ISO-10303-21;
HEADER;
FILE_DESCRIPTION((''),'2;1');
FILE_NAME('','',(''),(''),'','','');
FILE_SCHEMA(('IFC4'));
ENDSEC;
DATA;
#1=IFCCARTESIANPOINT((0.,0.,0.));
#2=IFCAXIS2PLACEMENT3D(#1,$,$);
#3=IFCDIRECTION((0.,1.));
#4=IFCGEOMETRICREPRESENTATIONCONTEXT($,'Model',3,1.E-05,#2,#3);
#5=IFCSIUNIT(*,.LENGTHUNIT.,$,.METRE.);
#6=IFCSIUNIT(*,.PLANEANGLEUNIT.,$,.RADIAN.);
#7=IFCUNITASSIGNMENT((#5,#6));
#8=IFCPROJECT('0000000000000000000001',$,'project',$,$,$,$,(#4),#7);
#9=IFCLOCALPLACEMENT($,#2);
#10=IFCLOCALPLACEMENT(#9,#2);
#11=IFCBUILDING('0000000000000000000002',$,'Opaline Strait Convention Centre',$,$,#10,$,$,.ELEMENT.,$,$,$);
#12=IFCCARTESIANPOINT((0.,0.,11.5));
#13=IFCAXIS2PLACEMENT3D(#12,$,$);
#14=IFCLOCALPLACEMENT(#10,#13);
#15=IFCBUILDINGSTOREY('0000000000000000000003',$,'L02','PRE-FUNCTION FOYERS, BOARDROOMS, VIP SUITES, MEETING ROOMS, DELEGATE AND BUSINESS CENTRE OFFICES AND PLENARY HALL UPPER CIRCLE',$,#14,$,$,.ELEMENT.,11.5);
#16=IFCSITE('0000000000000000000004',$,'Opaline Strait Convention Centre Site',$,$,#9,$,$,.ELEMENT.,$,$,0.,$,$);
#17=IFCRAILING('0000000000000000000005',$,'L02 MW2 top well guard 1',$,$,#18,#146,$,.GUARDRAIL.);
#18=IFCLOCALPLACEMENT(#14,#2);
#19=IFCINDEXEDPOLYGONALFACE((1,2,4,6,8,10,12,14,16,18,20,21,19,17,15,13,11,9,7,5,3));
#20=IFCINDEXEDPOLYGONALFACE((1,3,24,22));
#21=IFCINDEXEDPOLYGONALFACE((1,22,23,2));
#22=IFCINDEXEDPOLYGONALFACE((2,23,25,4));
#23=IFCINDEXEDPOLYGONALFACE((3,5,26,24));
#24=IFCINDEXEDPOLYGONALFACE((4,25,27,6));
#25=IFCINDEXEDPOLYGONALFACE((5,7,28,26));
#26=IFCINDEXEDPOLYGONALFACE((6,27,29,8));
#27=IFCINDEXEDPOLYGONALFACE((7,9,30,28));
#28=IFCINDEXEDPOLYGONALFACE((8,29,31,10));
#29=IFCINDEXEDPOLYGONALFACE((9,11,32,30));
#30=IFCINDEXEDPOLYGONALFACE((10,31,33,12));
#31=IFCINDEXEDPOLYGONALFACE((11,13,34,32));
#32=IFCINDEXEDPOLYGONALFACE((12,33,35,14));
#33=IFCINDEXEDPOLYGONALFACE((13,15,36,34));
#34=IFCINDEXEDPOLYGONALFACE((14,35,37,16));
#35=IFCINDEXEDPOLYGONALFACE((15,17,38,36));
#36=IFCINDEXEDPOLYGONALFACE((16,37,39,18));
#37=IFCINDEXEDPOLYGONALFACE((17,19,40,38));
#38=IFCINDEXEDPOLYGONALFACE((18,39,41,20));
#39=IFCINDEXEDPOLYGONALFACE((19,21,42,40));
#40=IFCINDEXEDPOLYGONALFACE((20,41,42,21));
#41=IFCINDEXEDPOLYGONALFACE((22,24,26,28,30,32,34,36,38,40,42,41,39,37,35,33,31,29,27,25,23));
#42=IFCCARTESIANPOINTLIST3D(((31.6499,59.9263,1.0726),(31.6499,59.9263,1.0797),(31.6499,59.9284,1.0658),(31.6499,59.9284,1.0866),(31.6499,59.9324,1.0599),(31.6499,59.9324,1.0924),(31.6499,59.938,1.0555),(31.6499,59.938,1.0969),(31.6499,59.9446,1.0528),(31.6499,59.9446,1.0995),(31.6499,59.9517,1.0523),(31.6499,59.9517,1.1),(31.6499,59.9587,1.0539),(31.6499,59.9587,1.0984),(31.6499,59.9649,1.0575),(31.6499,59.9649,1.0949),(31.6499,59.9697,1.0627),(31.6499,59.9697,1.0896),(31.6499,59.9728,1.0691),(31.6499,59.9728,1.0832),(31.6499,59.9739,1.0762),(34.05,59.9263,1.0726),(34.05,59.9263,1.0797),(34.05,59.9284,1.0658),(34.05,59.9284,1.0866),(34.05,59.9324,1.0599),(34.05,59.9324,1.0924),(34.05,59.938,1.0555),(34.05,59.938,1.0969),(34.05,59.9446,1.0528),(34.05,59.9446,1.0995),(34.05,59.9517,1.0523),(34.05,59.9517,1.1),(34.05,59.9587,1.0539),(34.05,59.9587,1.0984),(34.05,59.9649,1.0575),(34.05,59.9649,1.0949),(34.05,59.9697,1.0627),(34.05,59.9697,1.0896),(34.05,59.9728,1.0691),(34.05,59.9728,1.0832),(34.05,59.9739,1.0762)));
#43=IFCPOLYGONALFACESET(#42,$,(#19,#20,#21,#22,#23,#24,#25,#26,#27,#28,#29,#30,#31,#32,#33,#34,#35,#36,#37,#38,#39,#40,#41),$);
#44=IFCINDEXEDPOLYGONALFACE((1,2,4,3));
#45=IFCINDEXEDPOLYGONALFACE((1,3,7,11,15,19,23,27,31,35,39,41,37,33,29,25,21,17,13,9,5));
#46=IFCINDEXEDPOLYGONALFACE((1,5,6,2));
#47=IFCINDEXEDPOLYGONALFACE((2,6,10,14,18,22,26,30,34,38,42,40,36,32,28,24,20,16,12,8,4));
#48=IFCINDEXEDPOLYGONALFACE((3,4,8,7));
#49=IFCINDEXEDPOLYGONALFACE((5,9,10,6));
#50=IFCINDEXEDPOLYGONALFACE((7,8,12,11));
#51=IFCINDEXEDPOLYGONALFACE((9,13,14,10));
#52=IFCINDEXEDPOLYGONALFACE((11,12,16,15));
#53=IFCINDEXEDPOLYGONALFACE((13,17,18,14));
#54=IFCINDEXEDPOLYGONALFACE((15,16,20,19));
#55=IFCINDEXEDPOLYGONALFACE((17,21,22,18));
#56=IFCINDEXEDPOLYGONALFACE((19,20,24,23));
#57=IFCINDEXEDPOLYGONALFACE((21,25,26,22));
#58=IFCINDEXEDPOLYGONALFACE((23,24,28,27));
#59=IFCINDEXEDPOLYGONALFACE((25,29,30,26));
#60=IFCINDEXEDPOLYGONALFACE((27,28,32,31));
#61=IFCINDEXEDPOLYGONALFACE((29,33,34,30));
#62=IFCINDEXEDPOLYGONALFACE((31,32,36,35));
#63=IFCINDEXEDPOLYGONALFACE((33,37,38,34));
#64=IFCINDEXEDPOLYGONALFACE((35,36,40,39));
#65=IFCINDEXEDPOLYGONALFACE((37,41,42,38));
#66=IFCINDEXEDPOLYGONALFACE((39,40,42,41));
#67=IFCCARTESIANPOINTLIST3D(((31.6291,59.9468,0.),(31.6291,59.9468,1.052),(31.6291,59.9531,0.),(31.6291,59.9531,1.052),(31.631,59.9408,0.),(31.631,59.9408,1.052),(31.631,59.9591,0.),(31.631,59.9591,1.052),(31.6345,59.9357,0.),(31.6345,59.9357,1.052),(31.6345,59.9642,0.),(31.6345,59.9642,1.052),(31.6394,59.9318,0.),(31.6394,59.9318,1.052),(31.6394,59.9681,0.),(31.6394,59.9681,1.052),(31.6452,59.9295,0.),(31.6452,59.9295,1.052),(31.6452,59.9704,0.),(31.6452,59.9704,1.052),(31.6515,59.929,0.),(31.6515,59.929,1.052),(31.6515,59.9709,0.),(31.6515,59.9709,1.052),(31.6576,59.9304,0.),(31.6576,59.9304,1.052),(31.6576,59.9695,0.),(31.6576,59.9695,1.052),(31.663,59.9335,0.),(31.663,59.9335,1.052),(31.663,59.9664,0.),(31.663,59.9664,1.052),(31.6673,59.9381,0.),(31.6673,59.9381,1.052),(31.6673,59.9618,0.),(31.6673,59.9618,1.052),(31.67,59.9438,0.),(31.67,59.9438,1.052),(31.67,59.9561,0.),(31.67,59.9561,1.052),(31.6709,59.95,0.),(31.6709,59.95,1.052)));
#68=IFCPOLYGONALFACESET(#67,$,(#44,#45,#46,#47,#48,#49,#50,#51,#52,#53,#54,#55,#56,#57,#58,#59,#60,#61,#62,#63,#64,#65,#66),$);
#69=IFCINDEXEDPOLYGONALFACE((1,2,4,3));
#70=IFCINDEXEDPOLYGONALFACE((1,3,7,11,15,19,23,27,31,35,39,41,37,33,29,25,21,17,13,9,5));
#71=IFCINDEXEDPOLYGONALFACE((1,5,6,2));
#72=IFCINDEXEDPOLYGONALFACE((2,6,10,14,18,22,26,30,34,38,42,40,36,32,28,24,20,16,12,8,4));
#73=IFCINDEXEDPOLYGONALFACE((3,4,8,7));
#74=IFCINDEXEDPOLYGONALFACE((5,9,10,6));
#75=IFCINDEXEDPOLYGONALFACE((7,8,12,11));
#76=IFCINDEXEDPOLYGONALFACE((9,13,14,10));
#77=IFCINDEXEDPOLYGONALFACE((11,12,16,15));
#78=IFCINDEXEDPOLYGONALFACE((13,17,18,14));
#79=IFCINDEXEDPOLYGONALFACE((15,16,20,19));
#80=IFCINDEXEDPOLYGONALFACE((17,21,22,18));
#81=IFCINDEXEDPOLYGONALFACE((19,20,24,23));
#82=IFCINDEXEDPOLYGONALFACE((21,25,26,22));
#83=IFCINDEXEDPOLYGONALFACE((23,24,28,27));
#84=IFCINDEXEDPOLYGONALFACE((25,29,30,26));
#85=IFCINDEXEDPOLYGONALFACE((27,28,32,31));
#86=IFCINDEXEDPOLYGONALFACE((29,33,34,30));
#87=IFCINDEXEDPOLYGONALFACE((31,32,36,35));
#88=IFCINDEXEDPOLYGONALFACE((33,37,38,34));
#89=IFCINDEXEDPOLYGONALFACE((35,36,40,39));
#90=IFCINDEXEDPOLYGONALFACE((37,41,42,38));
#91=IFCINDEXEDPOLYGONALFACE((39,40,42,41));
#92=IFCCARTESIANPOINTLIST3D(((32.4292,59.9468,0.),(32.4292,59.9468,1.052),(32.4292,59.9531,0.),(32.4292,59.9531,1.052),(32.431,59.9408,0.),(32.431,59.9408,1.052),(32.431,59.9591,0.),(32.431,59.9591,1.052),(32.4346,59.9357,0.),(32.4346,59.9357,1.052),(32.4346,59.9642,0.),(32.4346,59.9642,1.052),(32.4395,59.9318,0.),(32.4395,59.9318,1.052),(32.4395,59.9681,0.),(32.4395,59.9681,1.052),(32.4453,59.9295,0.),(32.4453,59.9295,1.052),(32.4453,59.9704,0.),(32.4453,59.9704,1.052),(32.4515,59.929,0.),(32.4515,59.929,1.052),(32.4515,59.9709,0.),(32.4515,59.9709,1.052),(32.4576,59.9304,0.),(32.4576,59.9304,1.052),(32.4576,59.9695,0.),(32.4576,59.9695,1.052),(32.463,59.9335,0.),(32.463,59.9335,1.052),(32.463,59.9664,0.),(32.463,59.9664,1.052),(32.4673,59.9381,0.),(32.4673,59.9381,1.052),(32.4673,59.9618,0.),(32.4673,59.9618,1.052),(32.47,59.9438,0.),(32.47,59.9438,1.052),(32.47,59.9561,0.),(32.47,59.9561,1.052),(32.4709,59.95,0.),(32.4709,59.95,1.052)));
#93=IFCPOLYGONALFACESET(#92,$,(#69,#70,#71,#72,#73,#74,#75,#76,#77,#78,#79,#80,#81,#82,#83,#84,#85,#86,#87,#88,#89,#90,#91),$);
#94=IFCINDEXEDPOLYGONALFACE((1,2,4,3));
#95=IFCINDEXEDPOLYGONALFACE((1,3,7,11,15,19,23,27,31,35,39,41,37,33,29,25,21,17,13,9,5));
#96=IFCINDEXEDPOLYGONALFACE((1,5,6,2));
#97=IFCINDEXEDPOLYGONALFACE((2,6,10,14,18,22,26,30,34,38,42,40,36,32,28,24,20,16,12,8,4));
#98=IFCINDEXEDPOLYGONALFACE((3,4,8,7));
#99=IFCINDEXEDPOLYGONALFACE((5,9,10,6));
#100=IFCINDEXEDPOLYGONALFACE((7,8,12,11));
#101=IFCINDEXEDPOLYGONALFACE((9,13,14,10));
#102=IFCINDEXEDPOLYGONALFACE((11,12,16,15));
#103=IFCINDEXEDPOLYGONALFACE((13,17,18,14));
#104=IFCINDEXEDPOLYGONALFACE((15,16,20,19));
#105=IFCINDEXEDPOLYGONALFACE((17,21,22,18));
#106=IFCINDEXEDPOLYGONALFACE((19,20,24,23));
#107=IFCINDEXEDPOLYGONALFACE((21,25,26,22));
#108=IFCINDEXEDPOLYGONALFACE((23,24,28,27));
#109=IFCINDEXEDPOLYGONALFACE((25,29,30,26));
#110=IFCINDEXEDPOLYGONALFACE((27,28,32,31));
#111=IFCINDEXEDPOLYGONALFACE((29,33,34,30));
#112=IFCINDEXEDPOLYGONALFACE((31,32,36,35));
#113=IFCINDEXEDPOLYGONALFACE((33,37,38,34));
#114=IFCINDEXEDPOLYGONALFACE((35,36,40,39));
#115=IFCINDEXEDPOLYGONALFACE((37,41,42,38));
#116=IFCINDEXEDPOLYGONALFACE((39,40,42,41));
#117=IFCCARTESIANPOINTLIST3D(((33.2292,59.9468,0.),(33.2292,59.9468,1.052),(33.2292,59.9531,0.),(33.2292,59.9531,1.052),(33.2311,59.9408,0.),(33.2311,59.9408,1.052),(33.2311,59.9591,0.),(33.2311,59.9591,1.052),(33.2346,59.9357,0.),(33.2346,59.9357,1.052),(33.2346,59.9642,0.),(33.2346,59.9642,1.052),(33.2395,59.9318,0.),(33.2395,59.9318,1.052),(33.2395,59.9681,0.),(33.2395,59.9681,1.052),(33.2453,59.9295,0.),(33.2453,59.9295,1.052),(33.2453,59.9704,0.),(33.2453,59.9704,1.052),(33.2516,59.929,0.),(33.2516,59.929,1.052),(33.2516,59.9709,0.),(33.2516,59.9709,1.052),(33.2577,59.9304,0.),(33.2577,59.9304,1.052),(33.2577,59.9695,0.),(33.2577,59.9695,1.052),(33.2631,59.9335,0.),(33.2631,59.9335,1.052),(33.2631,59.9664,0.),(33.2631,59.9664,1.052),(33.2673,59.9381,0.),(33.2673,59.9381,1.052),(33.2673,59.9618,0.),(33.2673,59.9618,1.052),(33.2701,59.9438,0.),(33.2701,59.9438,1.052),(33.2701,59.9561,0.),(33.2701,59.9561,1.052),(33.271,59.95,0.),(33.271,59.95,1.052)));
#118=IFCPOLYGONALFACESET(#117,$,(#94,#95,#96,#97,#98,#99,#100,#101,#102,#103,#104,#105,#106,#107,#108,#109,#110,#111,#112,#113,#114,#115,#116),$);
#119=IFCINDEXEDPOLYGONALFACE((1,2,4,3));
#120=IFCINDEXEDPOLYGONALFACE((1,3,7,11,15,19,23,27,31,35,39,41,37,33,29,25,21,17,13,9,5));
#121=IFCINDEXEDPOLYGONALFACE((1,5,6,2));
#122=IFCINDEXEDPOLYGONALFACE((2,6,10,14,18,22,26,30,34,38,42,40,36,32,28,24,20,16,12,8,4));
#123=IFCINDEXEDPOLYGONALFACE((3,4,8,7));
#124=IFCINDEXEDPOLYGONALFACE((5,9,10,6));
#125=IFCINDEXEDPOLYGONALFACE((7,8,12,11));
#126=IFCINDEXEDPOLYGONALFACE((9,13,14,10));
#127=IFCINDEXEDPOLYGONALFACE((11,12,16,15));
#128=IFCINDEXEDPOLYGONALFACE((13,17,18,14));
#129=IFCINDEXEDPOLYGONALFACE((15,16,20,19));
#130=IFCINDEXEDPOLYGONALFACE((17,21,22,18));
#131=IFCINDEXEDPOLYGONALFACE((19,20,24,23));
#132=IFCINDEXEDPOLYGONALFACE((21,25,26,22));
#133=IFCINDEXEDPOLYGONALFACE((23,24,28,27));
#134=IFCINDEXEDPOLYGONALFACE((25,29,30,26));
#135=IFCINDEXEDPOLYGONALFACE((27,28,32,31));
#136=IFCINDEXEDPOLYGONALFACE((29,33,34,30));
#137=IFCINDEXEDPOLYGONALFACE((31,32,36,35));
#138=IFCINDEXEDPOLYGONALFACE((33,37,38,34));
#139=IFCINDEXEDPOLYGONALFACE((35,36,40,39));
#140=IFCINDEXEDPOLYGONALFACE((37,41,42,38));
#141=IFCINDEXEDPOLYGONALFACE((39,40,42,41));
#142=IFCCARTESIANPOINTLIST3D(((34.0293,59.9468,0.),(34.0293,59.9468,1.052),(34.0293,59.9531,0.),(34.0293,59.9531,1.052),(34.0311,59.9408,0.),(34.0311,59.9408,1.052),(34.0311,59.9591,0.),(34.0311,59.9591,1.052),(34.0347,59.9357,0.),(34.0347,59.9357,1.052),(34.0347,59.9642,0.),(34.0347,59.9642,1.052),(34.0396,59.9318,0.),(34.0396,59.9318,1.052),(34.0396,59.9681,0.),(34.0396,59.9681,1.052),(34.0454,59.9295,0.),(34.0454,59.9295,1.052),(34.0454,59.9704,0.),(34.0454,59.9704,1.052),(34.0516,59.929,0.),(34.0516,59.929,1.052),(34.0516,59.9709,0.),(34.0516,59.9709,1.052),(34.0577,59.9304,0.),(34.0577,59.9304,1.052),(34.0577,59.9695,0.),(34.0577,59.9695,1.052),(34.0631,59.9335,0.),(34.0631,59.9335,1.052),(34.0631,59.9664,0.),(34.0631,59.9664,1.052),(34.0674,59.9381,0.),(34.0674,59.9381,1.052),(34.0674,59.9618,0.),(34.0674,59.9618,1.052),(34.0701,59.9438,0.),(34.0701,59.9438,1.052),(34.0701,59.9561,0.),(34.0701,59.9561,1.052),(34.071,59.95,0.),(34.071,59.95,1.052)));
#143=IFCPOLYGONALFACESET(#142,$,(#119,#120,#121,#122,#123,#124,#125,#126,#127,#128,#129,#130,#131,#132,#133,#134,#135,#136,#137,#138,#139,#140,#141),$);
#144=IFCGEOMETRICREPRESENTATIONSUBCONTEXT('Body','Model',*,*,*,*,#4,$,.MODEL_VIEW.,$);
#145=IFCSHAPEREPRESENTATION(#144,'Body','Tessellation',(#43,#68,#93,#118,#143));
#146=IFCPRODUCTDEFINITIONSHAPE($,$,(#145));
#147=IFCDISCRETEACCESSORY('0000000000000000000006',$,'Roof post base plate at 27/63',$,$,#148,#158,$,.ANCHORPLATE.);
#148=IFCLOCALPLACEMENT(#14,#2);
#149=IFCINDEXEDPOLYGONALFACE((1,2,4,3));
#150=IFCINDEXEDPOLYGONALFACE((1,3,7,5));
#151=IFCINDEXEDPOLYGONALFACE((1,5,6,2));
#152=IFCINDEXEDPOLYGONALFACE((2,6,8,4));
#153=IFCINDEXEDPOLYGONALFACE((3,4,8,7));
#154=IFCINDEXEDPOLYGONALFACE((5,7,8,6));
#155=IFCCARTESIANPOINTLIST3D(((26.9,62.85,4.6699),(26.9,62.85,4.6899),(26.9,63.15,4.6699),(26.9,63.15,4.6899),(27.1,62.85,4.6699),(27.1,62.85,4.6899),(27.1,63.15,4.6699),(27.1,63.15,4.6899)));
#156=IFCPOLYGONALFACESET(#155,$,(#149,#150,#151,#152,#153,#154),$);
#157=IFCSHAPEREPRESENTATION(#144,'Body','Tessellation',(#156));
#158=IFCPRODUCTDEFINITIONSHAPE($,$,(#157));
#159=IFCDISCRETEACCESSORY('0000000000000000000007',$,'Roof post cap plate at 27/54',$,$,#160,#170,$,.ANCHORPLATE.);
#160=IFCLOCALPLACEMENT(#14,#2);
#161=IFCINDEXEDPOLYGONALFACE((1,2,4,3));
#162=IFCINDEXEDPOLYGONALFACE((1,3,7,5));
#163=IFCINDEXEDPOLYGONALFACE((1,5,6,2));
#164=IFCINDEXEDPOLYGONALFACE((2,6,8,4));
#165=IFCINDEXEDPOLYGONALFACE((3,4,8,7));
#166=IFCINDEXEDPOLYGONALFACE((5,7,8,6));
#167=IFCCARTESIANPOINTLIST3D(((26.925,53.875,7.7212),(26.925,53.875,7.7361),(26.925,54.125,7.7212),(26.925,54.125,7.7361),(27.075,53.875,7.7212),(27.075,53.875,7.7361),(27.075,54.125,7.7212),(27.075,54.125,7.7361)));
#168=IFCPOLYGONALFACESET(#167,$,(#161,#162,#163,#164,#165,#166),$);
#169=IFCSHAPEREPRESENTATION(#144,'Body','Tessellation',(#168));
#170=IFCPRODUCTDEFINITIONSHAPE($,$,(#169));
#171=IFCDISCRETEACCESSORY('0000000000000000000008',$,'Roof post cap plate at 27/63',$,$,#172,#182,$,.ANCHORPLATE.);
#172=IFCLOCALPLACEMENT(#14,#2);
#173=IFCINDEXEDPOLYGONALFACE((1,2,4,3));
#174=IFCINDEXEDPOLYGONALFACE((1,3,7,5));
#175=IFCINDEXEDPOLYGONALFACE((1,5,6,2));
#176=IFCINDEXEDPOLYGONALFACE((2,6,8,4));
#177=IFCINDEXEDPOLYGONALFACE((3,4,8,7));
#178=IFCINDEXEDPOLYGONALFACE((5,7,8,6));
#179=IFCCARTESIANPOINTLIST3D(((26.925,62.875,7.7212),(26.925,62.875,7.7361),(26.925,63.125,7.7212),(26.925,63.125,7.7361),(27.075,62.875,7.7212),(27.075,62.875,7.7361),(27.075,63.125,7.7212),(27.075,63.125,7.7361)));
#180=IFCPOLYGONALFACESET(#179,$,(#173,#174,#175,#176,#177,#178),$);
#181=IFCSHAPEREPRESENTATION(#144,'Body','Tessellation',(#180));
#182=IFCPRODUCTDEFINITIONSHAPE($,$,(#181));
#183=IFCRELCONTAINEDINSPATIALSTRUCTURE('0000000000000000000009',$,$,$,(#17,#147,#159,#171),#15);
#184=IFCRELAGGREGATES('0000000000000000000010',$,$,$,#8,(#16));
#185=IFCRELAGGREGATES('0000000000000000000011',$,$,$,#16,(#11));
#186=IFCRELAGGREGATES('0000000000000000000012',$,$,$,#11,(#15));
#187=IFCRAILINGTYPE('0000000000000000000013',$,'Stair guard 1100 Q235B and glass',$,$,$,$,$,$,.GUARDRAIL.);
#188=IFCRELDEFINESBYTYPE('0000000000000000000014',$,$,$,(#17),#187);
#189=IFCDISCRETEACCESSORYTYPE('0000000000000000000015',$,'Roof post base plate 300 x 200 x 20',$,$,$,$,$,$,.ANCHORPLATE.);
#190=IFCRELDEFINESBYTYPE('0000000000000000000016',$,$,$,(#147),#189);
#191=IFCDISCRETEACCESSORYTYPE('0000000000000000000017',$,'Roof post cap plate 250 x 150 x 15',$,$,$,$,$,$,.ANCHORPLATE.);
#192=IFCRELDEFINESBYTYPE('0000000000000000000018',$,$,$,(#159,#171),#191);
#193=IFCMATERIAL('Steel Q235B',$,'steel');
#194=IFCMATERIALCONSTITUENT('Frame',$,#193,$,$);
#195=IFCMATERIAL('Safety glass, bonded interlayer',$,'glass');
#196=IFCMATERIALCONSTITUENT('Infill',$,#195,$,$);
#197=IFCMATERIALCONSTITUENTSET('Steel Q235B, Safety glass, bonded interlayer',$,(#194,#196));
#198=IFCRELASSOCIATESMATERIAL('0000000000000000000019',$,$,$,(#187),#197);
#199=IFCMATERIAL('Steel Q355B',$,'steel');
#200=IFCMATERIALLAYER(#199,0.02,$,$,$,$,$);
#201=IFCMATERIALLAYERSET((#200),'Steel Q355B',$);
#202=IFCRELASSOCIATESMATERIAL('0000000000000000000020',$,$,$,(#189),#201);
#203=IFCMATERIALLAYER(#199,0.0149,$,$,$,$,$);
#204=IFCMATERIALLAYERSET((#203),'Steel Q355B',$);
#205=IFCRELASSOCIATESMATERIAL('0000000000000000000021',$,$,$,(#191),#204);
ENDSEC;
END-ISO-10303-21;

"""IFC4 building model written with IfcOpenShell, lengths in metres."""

from ifc_helpers import new_model, si_unit, direction, frame, origin, origin_2d, place, context, subcontext, project, spatial, rectangle, circle, extrude, material, layer, layer_set, constituent, constituent_set, type_object, element, save


model = new_model("IFC4")

# Units and contexts
model_context = context("Model", 3, precision=1e-05, world=origin(), true_north=direction((0.0, 1.0)))
body_context = subcontext(model_context, "Body", "Model", "MODEL_VIEW")
ifc_project = project(units=[si_unit("LENGTHUNIT", "METRE"), si_unit("PLANEANGLEUNIT", "RADIAN")], contexts=[model_context])

# Site, building, storey
site_placement = place(None, origin())
site = spatial("IfcSite", under=ifc_project, at=site_placement, Name="Opaline Strait Convention Centre Site", CompositionType="ELEMENT", RefElevation=0.0)
building_placement = place(site_placement, origin())
building = spatial("IfcBuilding", under=site, at=building_placement, Name="Opaline Strait Convention Centre", CompositionType="ELEMENT")
storey_placement = place(building_placement, frame((0.0, 0.0, 11.5)))
storey = spatial("IfcBuildingStorey", under=building, at=storey_placement, Name="L02", Description="PRE-FUNCTION FOYERS, BOARDROOMS, VIP SUITES, MEETING ROOMS, DELEGATE AND BUSINESS CENTRE OFFICES AND PLENARY HALL UPPER CIRCLE", CompositionType="ELEMENT", Elevation=11.5)

# Shared definitions
ifc_material_1 = material(Name="Steel Q355B", Category="steel")

# Railing
ifc_material_2 = material(Name="Steel Q235B", Category="steel")
ifc_constituent_1 = constituent(ifc_material_2, Name="Frame")
ifc_material_3 = material(Name="Safety glass, bonded interlayer", Category="glass")
ifc_constituent_2 = constituent(ifc_material_3, Name="Infill")
ifc_constituent_set = constituent_set(constituents=[ifc_constituent_1, ifc_constituent_2], Name="Steel Q235B, Safety glass, bonded interlayer")
railing_type = type_object("IfcRailingType", Name="Stair guard 1100 Q235B and glass", PredefinedType="GUARDRAIL", material=ifc_constituent_set)
railing_placement = place(storey_placement, frame((31.6499, 59.95, 0.0)))
element("IfcRailing", 1, at=railing_placement, inside=storey, type_object=railing_type, Name="L02 MW2 top well guard 1", PredefinedType="GUARDRAIL", context=body_context, shape_type="SweptSolid", body=[
    extrude(circle(Radius=0.0239, at=origin_2d()), frame((0.0, 0.0, 1.0762), z_axis=(1.0, 0.0, 0.0), x_axis=(0.0, 1.0, 0.0)), (0.0, 0.0, 1.0), 2.4001),
    extrude(circle(Radius=0.021, at=origin_2d()), origin(), (0.0, 0.0, 1.0), 1.052),
    extrude(circle(Radius=0.021, at=origin_2d()), frame((0.8, 0.0, 0.0)), (0.0, 0.0, 1.0), 1.052),
    extrude(circle(Radius=0.021, at=origin_2d()), frame((1.6001, 0.0, 0.0)), (0.0, 0.0, 1.0), 1.052),
    extrude(circle(Radius=0.021, at=origin_2d()), frame((2.4001, 0.0, 0.0)), (0.0, 0.0, 1.0), 1.052),
])

# Discrete accessories
ifc_layer_1 = layer(ifc_material_1, 0.02)
ifc_layer_set_1 = layer_set([ifc_layer_1], Name="Steel Q355B")
discrete_accessory_type_1 = type_object("IfcDiscreteAccessoryType", Name="Roof post base plate 300 x 200 x 20", PredefinedType="ANCHORPLATE", material=ifc_layer_set_1)
discrete_accessory_placement = place(storey_placement, frame((27.0, 63.0, 4.6699), z_axis=(0.0, 0.0, 1.0), x_axis=(1.0, 0.0, 0.0)))
element("IfcDiscreteAccessory", 2, at=discrete_accessory_placement, inside=storey, type_object=discrete_accessory_type_1, Name="Roof post base plate at 27/63", PredefinedType="ANCHORPLATE", context=body_context, shape_type="SweptSolid", body=[
    extrude(rectangle(XDim=0.2, YDim=0.3, at=origin_2d()), origin(), (0.0, 0.0, 1.0), 0.02),
])
ifc_layer_2 = layer(ifc_material_1, 0.0149)
ifc_layer_set_2 = layer_set([ifc_layer_2], Name="Steel Q355B")
discrete_accessory_type_2 = type_object("IfcDiscreteAccessoryType", Name="Roof post cap plate 250 x 150 x 15", PredefinedType="ANCHORPLATE", material=ifc_layer_set_2)
for number, where, z_axis, x_axis, name in (
    (3, (27.0, 54.0, 7.7212), (0.0, 0.0, 1.0), (1.0, 0.0, 0.0), "Roof post cap plate at 27/54"),
    (4, (27.0, 63.0, 7.7212), (0.0, 0.0, 1.0), (1.0, 0.0, 0.0), "Roof post cap plate at 27/63"),
):
    element("IfcDiscreteAccessory", number, at=place(storey_placement, frame(where, z_axis=z_axis, x_axis=x_axis)), inside=storey, type_object=discrete_accessory_type_2, Name=name, PredefinedType="ANCHORPLATE", context=body_context, shape_type="SweptSolid", body=[
        extrude(rectangle(XDim=0.1499, YDim=0.25, at=origin_2d()), origin(), (0.0, 0.0, 1.0), 0.0149),
    ])

save(model, "model.ifc")
